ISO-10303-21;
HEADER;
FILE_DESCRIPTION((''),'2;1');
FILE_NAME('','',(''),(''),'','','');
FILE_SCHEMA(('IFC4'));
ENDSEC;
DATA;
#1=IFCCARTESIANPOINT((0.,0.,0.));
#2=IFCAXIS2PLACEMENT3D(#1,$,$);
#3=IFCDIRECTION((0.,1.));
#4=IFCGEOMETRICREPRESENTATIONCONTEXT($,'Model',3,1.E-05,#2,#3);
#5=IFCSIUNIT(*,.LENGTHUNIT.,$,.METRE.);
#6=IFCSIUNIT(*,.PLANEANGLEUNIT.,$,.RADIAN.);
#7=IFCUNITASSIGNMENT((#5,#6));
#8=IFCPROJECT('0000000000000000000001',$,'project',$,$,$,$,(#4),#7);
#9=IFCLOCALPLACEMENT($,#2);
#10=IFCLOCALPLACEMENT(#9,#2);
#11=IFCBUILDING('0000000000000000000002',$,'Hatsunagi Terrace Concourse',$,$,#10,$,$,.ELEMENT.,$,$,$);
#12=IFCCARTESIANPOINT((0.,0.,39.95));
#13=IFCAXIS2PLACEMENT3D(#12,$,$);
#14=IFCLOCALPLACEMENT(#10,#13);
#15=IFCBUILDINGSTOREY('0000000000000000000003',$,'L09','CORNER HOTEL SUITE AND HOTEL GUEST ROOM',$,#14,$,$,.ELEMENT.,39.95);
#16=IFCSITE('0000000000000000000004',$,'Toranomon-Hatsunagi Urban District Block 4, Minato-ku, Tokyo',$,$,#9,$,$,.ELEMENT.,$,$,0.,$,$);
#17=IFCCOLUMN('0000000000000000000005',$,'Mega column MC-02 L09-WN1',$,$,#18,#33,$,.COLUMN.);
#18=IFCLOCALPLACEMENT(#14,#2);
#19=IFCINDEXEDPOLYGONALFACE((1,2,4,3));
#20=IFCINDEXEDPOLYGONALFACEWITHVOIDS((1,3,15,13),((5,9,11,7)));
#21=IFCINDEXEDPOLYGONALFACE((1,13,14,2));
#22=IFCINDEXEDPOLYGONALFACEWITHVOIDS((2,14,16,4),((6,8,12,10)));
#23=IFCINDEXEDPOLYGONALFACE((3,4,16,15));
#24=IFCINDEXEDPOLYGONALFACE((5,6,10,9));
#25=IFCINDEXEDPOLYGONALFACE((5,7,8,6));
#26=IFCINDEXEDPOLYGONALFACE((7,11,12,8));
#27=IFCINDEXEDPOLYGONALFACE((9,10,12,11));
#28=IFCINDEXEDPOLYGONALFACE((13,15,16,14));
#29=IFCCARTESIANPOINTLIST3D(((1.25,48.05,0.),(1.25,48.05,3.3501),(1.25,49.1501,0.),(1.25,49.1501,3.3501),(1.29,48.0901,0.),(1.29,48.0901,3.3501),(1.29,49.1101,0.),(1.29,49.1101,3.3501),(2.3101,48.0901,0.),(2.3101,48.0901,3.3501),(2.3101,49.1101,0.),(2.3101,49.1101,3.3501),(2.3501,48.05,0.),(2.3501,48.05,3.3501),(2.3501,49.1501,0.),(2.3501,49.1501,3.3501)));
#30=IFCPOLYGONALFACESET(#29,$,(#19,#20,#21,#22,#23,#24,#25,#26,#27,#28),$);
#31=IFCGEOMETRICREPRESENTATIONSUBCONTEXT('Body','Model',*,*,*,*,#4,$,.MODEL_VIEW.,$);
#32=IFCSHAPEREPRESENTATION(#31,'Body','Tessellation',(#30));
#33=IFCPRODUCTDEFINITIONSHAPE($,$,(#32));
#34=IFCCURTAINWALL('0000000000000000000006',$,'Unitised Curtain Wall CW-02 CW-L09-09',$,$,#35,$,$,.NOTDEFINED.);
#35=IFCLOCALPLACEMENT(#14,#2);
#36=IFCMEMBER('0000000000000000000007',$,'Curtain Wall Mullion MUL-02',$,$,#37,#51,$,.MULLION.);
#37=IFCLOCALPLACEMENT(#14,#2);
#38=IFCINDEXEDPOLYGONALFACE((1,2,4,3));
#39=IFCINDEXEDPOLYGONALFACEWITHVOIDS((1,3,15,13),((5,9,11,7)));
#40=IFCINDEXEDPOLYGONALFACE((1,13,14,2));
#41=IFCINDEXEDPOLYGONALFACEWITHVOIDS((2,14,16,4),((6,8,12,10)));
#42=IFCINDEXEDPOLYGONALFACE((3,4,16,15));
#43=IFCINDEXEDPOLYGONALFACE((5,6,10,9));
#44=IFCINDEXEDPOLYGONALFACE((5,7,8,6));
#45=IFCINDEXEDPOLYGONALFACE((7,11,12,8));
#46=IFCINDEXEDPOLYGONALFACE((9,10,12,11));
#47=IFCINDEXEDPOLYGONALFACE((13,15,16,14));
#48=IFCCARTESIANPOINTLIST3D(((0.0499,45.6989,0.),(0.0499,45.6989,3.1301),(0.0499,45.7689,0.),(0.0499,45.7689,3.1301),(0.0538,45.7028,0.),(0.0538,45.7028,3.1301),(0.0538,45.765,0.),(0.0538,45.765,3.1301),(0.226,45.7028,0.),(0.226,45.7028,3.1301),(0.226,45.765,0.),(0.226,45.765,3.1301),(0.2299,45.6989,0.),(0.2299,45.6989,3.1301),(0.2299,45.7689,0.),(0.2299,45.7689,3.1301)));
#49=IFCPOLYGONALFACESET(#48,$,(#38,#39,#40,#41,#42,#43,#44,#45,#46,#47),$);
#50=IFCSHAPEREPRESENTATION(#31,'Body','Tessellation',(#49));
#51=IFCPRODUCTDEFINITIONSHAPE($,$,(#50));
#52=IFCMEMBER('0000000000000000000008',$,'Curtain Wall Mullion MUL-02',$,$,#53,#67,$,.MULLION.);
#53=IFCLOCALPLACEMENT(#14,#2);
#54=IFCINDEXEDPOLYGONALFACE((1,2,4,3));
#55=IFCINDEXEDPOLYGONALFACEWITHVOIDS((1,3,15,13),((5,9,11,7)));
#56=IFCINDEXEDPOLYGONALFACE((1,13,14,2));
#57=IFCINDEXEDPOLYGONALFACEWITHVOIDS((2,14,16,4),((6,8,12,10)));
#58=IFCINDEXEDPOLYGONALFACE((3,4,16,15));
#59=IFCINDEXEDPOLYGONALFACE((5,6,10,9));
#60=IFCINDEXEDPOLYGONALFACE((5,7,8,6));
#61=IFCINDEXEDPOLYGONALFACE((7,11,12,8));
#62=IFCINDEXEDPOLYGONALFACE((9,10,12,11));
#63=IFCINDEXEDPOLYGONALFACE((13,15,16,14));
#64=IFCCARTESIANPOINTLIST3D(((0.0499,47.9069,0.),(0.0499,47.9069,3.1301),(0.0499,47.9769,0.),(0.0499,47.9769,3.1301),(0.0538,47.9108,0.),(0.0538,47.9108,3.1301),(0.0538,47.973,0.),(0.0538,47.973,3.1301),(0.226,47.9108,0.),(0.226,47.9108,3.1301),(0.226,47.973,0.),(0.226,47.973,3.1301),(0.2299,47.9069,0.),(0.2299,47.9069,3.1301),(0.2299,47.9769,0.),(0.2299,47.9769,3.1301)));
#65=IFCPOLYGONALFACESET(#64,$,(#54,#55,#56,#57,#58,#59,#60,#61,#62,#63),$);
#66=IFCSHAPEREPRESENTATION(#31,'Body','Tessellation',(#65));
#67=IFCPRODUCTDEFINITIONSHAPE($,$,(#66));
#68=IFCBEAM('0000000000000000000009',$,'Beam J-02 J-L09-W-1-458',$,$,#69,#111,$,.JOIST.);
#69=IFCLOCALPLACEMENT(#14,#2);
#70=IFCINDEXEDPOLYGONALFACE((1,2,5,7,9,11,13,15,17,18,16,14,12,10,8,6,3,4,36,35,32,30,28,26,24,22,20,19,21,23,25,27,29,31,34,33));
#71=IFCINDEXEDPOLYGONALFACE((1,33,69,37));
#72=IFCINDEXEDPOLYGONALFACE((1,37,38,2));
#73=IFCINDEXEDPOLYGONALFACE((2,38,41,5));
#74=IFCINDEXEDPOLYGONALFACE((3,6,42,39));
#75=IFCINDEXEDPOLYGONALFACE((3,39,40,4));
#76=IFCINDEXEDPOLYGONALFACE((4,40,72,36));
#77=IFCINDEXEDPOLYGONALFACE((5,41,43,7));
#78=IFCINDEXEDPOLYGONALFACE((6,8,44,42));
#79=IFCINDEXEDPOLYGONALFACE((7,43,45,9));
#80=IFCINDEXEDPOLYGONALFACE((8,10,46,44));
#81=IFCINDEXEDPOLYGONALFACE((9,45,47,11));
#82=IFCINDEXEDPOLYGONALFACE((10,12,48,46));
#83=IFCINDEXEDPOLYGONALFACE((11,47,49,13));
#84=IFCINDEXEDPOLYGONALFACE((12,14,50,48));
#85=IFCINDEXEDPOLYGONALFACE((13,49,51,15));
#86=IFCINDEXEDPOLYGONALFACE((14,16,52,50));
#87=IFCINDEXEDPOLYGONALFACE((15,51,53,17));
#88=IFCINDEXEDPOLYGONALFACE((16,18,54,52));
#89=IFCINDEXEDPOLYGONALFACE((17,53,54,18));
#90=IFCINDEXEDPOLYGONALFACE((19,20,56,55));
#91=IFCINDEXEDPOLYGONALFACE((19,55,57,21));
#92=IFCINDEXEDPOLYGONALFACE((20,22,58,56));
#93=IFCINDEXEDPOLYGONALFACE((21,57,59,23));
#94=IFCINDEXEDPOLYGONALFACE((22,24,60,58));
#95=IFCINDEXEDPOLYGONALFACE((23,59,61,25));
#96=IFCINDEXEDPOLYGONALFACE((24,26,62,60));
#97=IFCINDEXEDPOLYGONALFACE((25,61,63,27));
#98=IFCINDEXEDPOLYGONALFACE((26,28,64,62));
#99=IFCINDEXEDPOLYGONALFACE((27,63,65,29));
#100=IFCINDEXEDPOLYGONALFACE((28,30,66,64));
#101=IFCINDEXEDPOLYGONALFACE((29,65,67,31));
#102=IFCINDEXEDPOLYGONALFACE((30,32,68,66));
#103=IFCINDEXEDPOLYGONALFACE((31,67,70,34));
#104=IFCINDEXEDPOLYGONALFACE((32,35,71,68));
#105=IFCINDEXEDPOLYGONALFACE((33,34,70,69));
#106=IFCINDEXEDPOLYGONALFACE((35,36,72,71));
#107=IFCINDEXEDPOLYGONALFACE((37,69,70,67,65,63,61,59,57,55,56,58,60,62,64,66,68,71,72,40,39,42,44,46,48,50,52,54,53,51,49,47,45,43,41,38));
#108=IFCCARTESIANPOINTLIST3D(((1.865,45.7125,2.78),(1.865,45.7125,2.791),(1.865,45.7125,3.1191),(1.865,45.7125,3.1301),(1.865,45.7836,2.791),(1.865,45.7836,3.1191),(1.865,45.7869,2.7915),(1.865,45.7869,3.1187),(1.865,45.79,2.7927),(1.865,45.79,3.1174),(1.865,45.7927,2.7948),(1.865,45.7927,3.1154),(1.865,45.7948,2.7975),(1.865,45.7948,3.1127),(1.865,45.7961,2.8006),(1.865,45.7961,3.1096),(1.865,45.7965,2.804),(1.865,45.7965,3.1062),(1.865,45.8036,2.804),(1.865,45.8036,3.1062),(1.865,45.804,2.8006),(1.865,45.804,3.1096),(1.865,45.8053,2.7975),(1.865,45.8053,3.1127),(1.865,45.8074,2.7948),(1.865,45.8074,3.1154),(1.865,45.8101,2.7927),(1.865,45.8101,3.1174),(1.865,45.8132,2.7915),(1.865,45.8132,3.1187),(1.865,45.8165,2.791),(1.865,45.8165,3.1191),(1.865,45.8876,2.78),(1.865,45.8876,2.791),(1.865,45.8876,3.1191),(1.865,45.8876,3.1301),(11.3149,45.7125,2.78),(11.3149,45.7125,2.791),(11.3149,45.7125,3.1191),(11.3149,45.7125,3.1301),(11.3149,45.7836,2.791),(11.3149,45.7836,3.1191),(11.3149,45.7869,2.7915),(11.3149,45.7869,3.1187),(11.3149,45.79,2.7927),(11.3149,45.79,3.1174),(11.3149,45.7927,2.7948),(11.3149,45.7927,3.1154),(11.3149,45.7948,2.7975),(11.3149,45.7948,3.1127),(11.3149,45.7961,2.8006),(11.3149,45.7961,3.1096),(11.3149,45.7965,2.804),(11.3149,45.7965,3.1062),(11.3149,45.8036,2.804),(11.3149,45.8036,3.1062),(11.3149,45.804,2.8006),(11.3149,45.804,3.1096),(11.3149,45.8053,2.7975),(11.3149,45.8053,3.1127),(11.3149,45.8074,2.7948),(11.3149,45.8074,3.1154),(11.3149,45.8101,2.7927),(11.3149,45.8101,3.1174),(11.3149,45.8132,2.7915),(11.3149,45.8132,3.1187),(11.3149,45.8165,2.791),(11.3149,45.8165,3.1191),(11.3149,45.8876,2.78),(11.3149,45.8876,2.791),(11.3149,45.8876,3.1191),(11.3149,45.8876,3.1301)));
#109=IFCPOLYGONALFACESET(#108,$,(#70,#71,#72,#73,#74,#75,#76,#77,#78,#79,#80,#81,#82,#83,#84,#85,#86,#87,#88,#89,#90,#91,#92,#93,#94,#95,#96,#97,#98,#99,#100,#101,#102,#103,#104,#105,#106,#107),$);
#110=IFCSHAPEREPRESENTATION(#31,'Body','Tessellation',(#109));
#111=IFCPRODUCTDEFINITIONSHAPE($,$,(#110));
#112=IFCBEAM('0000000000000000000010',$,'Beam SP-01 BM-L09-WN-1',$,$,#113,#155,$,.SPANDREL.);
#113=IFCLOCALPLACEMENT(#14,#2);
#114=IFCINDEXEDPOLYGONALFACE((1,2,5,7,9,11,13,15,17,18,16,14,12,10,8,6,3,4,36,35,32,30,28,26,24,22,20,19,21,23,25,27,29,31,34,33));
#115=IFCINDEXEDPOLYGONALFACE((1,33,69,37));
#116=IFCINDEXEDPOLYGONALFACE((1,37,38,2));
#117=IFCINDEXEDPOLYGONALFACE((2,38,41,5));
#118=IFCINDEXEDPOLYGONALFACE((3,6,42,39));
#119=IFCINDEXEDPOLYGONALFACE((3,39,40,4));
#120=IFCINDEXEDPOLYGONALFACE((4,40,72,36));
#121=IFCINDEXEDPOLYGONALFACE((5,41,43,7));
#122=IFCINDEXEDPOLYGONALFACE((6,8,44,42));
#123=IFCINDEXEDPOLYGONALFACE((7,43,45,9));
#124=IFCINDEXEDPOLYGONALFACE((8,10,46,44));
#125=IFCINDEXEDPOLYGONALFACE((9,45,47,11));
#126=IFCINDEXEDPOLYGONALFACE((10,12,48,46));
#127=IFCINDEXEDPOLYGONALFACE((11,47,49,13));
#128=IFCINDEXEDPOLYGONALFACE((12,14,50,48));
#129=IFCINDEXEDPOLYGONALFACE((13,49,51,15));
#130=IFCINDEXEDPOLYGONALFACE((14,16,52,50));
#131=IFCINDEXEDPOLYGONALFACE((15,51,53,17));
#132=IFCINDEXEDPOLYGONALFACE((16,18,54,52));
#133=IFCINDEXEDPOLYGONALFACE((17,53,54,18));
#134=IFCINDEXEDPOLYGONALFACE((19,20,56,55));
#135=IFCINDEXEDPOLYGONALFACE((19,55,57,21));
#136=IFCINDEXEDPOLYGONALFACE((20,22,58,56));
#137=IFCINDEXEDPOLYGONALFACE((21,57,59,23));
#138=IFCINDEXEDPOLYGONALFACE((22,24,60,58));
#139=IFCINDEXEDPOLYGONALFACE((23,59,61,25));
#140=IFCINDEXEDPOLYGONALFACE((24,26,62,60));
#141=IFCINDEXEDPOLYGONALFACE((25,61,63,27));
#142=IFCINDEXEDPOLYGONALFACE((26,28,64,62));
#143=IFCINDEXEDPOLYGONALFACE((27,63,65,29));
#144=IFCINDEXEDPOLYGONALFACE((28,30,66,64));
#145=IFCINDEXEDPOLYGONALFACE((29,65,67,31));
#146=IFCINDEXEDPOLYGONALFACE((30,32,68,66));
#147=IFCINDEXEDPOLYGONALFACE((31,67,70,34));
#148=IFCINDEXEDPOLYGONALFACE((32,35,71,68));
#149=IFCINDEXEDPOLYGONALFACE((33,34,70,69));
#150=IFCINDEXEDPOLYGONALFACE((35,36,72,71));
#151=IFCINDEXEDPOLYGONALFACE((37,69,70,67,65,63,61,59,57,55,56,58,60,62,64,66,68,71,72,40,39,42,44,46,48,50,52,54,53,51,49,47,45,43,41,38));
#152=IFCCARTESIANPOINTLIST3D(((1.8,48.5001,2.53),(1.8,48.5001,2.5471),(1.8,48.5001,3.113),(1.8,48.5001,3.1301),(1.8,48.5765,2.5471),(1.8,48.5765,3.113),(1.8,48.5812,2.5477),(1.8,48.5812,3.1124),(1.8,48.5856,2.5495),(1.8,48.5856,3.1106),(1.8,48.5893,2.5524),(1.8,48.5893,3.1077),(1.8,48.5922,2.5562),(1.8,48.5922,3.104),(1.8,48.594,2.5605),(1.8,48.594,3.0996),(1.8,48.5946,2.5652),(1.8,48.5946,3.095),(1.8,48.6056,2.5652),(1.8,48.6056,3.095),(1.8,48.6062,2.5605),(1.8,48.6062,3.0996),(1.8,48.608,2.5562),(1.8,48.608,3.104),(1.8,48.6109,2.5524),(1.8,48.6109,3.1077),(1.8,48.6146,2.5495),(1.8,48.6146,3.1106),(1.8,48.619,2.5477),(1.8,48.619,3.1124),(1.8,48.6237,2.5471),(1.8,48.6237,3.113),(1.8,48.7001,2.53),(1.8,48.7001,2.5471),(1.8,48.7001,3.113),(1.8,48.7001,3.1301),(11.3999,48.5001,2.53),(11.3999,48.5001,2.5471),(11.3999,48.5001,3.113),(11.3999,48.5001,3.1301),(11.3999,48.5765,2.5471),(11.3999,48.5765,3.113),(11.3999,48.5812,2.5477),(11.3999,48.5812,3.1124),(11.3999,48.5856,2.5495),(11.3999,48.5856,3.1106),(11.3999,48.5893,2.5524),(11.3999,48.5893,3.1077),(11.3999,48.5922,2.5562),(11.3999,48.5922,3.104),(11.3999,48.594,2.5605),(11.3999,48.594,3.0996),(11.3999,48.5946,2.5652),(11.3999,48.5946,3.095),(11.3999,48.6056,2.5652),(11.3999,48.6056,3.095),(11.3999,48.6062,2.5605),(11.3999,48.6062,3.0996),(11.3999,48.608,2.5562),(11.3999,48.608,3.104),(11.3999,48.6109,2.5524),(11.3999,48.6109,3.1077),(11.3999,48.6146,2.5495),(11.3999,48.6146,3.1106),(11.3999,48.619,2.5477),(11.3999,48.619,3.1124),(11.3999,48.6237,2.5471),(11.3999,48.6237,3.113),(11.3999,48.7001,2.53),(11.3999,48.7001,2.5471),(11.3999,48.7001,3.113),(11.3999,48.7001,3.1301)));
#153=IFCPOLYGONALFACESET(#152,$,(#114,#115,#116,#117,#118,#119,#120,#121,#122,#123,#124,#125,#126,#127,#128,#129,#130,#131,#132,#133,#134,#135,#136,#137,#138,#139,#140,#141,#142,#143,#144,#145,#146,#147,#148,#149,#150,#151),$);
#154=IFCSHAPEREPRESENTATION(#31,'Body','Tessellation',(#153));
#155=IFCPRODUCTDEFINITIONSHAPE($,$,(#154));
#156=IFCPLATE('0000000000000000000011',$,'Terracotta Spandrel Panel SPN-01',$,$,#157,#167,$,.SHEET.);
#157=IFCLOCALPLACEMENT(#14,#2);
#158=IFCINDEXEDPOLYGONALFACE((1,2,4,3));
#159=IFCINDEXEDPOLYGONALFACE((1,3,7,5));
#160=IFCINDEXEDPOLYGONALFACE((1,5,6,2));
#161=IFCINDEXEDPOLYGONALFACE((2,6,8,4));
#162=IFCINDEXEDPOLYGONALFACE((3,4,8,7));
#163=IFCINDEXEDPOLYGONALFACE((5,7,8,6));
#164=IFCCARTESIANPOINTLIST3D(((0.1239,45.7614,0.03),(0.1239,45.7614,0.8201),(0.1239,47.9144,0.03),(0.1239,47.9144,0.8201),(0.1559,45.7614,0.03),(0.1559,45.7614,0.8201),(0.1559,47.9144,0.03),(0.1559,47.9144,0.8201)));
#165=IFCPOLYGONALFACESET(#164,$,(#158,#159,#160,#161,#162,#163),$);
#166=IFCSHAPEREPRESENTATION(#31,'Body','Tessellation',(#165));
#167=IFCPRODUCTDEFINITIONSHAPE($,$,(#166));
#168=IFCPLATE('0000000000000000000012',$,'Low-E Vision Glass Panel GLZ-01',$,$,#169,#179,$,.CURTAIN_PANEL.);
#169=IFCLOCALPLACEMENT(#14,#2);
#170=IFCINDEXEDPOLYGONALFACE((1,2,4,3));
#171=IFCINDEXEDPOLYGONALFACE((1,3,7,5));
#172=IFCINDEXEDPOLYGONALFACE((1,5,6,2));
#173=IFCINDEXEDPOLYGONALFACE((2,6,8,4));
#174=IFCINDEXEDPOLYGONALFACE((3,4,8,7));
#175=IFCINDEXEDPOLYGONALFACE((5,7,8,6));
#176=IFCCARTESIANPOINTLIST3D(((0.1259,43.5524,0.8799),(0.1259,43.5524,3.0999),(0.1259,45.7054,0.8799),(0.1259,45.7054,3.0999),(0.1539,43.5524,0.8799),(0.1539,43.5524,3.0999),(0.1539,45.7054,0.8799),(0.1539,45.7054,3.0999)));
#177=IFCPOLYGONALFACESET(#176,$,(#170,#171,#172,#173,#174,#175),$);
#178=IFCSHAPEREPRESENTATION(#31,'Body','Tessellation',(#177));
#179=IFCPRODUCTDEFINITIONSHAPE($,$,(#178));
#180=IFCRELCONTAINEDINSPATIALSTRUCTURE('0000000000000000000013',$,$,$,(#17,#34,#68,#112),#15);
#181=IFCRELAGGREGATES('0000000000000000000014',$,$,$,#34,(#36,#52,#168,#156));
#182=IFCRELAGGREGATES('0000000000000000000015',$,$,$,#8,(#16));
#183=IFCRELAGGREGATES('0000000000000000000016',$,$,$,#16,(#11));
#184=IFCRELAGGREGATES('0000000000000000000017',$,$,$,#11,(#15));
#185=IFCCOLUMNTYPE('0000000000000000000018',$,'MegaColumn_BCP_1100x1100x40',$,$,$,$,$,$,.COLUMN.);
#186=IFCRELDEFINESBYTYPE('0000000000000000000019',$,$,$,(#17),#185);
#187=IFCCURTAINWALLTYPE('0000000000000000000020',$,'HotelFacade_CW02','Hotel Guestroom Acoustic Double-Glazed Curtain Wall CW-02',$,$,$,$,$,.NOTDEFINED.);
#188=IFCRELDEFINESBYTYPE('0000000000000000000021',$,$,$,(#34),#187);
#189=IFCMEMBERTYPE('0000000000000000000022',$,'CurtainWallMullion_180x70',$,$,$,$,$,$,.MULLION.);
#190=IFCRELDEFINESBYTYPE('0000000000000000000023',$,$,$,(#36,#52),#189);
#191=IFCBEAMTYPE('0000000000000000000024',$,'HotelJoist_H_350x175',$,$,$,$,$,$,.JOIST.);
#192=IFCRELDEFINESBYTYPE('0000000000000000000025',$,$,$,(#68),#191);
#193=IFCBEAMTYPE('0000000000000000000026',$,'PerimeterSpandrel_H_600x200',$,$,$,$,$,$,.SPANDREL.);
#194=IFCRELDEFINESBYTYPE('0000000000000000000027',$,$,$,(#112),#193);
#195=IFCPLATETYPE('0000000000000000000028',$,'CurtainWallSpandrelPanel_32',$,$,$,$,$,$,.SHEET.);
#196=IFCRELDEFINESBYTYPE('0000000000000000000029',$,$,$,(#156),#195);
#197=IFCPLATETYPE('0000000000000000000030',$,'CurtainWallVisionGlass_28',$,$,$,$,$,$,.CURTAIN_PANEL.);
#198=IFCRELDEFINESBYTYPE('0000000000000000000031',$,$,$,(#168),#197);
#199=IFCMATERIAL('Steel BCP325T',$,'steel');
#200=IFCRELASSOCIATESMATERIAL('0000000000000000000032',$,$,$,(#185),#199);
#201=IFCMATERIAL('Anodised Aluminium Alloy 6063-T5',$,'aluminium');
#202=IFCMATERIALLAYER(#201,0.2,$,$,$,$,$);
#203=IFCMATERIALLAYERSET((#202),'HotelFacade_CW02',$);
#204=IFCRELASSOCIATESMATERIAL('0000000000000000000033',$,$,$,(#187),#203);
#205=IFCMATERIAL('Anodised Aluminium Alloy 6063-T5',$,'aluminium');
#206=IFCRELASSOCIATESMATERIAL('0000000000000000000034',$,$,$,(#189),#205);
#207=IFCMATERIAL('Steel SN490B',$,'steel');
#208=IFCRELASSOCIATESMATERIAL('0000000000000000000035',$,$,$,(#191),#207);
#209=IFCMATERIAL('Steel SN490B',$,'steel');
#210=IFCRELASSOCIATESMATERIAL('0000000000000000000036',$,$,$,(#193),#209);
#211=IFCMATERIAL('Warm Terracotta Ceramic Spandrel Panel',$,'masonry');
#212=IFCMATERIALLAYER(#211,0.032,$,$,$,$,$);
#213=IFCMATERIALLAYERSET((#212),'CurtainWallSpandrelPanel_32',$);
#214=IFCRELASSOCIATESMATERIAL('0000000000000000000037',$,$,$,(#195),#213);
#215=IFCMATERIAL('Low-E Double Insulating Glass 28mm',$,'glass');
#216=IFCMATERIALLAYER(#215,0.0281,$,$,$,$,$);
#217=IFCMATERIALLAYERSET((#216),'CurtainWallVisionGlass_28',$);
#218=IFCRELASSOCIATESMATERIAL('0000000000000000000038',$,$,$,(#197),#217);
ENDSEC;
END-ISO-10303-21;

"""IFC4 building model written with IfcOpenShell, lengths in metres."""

from ifc_helpers import new_model, si_unit, direction, frame, origin, origin_2d, place, context, subcontext, project, spatial, rectangle, hollow_rectangle, i_section, extrude, material, layer, layer_set, material_profile, profile_set, type_object, element, aggregate, save


model = new_model("IFC4")

# Units and contexts
model_context = context("Model", 3, precision=1e-05, world=origin(), true_north=direction((0.0, 1.0)))
body_context = subcontext(model_context, "Body", "Model", "MODEL_VIEW")
ifc_project = project(units=[si_unit("LENGTHUNIT", "METRE"), si_unit("PLANEANGLEUNIT", "RADIAN")], contexts=[model_context])

# Site, building, storey
site_placement = place(None, origin())
site = spatial("IfcSite", under=ifc_project, at=site_placement, Name="Toranomon-Hatsunagi Urban District Block 4, Minato-ku, Tokyo", CompositionType="ELEMENT", RefElevation=0.0)
building_placement = place(site_placement, origin())
building = spatial("IfcBuilding", under=site, at=building_placement, Name="Hatsunagi Terrace Concourse", CompositionType="ELEMENT")
storey_placement = place(building_placement, frame((0.0, 0.0, 39.95)))
storey = spatial("IfcBuildingStorey", under=building, at=storey_placement, Name="L09", Description="CORNER HOTEL SUITE AND HOTEL GUEST ROOM", CompositionType="ELEMENT", Elevation=39.95)

# Column
ifc_material_1 = material(Name="Steel BCP325T", Category="steel")
ifc_material_profile_1 = material_profile(ifc_material_1, hollow_rectangle(XDim=1.1001, YDim=1.1001, WallThickness=0.04, at=origin_2d()), Name="BCP-1100x1100x40")
ifc_profile_set_1 = profile_set([ifc_material_profile_1], Name="Steel BCP325T")
column_type = type_object("IfcColumnType", Name="MegaColumn_BCP_1100x1100x40", PredefinedType="COLUMN", material=ifc_profile_set_1)
column_placement = place(storey_placement, frame((1.8, 48.6001, 0.0), z_axis=(0.0, 0.0, 1.0), x_axis=(1.0, 0.0, 0.0)))
element("IfcColumn", 1, at=column_placement, inside=storey, type_object=column_type, Name="Mega column MC-02 L09-WN1", PredefinedType="COLUMN", context=body_context, shape_type="SweptSolid", body=[
    extrude(hollow_rectangle(XDim=1.1001, YDim=1.1001, WallThickness=0.04, at=origin_2d()), origin(), (0.0, 0.0, 1.0), 3.3501),
])

# Curtain wall, members
ifc_material_2 = material(Name="Anodised Aluminium Alloy 6063-T5", Category="aluminium")
ifc_layer_1 = layer(ifc_material_2, 0.2)
ifc_layer_set_1 = layer_set([ifc_layer_1], Name="HotelFacade_CW02")
curtain_wall_type = type_object("IfcCurtainWallType", Name="HotelFacade_CW02", Description="Hotel Guestroom Acoustic Double-Glazed Curtain Wall CW-02", PredefinedType="NOTDEFINED", material=ifc_layer_set_1)
curtain_wall_placement = place(storey_placement, origin())
curtain_wall = element("IfcCurtainWall", 2, at=curtain_wall_placement, inside=storey, type_object=curtain_wall_type, Name="Unitised Curtain Wall CW-02 CW-L09-09", PredefinedType="NOTDEFINED")
ifc_material_3 = material(Name="Anodised Aluminium Alloy 6063-T5", Category="aluminium")
ifc_material_profile_2 = material_profile(ifc_material_3, hollow_rectangle(XDim=0.0701, YDim=0.1799, WallThickness=0.0039, at=origin_2d()), Name="ALU-MUL-180x70x4")
ifc_profile_set_2 = profile_set([ifc_material_profile_2], Name="Anodised Aluminium Alloy 6063-T5")
member_type = type_object("IfcMemberType", Name="CurtainWallMullion_180x70", PredefinedType="MULLION", material=ifc_profile_set_2)
member_1_placement = place(storey_placement, frame((0.1399, 45.7339, 0.0), z_axis=(0.0, 0.0, 1.0), x_axis=(0.0, 1.0, 0.0)))
member_1 = element("IfcMember", 3, at=member_1_placement, type_object=member_type, Name="Curtain Wall Mullion MUL-02", PredefinedType="MULLION", context=body_context, shape_type="SweptSolid", body=[
    extrude(hollow_rectangle(XDim=0.0701, YDim=0.1799, WallThickness=0.0039, at=origin_2d()), origin(), (0.0, 0.0, 1.0), 3.1301),
])
member_2_placement = place(storey_placement, frame((0.1399, 47.9419, 0.0), z_axis=(0.0, 0.0, 1.0), x_axis=(0.0, 1.0, 0.0)))
member_2 = element("IfcMember", 4, at=member_2_placement, type_object=member_type, Name="Curtain Wall Mullion MUL-02", PredefinedType="MULLION", context=body_context, shape_type="SweptSolid", body=[
    extrude(hollow_rectangle(XDim=0.0701, YDim=0.1799, WallThickness=0.0039, at=origin_2d()), origin(), (0.0, 0.0, 1.0), 3.1301),
])

# Beams
ifc_material_4 = material(Name="Steel SN490B", Category="steel")
ifc_material_profile_3 = material_profile(ifc_material_4, i_section(OverallWidth=0.175, OverallDepth=0.3501, WebThickness=0.0071, FlangeThickness=0.011, FilletRadius=0.0129, at=origin_2d()), Name="H-350x175x7x11")
ifc_profile_set_3 = profile_set([ifc_material_profile_3], Name="Steel SN490B")
beam_type_1 = type_object("IfcBeamType", Name="HotelJoist_H_350x175", PredefinedType="JOIST", material=ifc_profile_set_3)
beam_1_placement = place(storey_placement, frame((1.865, 45.8, 2.9551), z_axis=(1.0, 0.0, 0.0), x_axis=(0.0, 1.0, 0.0)))
element("IfcBeam", 5, at=beam_1_placement, inside=storey, type_object=beam_type_1, Name="Beam J-02 J-L09-W-1-458", PredefinedType="JOIST", context=body_context, shape_type="SweptSolid", body=[
    extrude(i_section(OverallWidth=0.175, OverallDepth=0.3501, WebThickness=0.0071, FlangeThickness=0.011, FilletRadius=0.0129, at=origin_2d()), origin(), (0.0, 0.0, 1.0), 9.45),
])
ifc_material_5 = material(Name="Steel SN490B", Category="steel")
ifc_material_profile_4 = material_profile(ifc_material_5, i_section(OverallWidth=0.2, OverallDepth=0.6001, WebThickness=0.011, FlangeThickness=0.0171, FilletRadius=0.0181, at=origin_2d()), Name="H-600x200x11x17")
ifc_profile_set_4 = profile_set([ifc_material_profile_4], Name="Steel SN490B")
beam_type_2 = type_object("IfcBeamType", Name="PerimeterSpandrel_H_600x200", PredefinedType="SPANDREL", material=ifc_profile_set_4)
beam_2_placement = place(storey_placement, frame((1.8, 48.6001, 2.8301), z_axis=(1.0, 0.0, 0.0), x_axis=(0.0, 1.0, 0.0)))
element("IfcBeam", 6, at=beam_2_placement, inside=storey, type_object=beam_type_2, Name="Beam SP-01 BM-L09-WN-1", PredefinedType="SPANDREL", context=body_context, shape_type="SweptSolid", body=[
    extrude(i_section(OverallWidth=0.2, OverallDepth=0.6001, WebThickness=0.011, FlangeThickness=0.0171, FilletRadius=0.0181, at=origin_2d()), origin(), (0.0, 0.0, 1.0), 9.5999),
])

# Plates
ifc_material_6 = material(Name="Warm Terracotta Ceramic Spandrel Panel", Category="masonry")
ifc_layer_2 = layer(ifc_material_6, 0.032)
ifc_layer_set_2 = layer_set([ifc_layer_2], Name="CurtainWallSpandrelPanel_32")
plate_type_1 = type_object("IfcPlateType", Name="CurtainWallSpandrelPanel_32", PredefinedType="SHEET", material=ifc_layer_set_2)
plate_1_placement = place(storey_placement, frame((0.1399, 46.8379, 0.03), z_axis=(0.0, 0.0, 1.0), x_axis=(0.0, 1.0, 0.0)))
plate_1 = element("IfcPlate", 7, at=plate_1_placement, type_object=plate_type_1, Name="Terracotta Spandrel Panel SPN-01", PredefinedType="SHEET", context=body_context, shape_type="SweptSolid", body=[
    extrude(rectangle(XDim=2.1531, YDim=0.032, at=origin_2d()), origin(), (0.0, 0.0, 1.0), 0.79),
])
ifc_material_7 = material(Name="Low-E Double Insulating Glass 28mm", Category="glass")
ifc_layer_3 = layer(ifc_material_7, 0.0281)
ifc_layer_set_3 = layer_set([ifc_layer_3], Name="CurtainWallVisionGlass_28")
plate_type_2 = type_object("IfcPlateType", Name="CurtainWallVisionGlass_28", PredefinedType="CURTAIN_PANEL", material=ifc_layer_set_3)
plate_2_placement = place(storey_placement, frame((0.1399, 44.6289, 0.8799), z_axis=(0.0, 0.0, 1.0), x_axis=(0.0, 1.0, 0.0)))
plate_2 = element("IfcPlate", 8, at=plate_2_placement, type_object=plate_type_2, Name="Low-E Vision Glass Panel GLZ-01", PredefinedType="CURTAIN_PANEL", context=body_context, shape_type="SweptSolid", body=[
    extrude(rectangle(XDim=2.1531, YDim=0.0281, at=origin_2d()), origin(), (0.0, 0.0, 1.0), 2.22),
])
aggregate(curtain_wall, [member_1, member_2, plate_2, plate_1])

save(model, "model.ifc")
